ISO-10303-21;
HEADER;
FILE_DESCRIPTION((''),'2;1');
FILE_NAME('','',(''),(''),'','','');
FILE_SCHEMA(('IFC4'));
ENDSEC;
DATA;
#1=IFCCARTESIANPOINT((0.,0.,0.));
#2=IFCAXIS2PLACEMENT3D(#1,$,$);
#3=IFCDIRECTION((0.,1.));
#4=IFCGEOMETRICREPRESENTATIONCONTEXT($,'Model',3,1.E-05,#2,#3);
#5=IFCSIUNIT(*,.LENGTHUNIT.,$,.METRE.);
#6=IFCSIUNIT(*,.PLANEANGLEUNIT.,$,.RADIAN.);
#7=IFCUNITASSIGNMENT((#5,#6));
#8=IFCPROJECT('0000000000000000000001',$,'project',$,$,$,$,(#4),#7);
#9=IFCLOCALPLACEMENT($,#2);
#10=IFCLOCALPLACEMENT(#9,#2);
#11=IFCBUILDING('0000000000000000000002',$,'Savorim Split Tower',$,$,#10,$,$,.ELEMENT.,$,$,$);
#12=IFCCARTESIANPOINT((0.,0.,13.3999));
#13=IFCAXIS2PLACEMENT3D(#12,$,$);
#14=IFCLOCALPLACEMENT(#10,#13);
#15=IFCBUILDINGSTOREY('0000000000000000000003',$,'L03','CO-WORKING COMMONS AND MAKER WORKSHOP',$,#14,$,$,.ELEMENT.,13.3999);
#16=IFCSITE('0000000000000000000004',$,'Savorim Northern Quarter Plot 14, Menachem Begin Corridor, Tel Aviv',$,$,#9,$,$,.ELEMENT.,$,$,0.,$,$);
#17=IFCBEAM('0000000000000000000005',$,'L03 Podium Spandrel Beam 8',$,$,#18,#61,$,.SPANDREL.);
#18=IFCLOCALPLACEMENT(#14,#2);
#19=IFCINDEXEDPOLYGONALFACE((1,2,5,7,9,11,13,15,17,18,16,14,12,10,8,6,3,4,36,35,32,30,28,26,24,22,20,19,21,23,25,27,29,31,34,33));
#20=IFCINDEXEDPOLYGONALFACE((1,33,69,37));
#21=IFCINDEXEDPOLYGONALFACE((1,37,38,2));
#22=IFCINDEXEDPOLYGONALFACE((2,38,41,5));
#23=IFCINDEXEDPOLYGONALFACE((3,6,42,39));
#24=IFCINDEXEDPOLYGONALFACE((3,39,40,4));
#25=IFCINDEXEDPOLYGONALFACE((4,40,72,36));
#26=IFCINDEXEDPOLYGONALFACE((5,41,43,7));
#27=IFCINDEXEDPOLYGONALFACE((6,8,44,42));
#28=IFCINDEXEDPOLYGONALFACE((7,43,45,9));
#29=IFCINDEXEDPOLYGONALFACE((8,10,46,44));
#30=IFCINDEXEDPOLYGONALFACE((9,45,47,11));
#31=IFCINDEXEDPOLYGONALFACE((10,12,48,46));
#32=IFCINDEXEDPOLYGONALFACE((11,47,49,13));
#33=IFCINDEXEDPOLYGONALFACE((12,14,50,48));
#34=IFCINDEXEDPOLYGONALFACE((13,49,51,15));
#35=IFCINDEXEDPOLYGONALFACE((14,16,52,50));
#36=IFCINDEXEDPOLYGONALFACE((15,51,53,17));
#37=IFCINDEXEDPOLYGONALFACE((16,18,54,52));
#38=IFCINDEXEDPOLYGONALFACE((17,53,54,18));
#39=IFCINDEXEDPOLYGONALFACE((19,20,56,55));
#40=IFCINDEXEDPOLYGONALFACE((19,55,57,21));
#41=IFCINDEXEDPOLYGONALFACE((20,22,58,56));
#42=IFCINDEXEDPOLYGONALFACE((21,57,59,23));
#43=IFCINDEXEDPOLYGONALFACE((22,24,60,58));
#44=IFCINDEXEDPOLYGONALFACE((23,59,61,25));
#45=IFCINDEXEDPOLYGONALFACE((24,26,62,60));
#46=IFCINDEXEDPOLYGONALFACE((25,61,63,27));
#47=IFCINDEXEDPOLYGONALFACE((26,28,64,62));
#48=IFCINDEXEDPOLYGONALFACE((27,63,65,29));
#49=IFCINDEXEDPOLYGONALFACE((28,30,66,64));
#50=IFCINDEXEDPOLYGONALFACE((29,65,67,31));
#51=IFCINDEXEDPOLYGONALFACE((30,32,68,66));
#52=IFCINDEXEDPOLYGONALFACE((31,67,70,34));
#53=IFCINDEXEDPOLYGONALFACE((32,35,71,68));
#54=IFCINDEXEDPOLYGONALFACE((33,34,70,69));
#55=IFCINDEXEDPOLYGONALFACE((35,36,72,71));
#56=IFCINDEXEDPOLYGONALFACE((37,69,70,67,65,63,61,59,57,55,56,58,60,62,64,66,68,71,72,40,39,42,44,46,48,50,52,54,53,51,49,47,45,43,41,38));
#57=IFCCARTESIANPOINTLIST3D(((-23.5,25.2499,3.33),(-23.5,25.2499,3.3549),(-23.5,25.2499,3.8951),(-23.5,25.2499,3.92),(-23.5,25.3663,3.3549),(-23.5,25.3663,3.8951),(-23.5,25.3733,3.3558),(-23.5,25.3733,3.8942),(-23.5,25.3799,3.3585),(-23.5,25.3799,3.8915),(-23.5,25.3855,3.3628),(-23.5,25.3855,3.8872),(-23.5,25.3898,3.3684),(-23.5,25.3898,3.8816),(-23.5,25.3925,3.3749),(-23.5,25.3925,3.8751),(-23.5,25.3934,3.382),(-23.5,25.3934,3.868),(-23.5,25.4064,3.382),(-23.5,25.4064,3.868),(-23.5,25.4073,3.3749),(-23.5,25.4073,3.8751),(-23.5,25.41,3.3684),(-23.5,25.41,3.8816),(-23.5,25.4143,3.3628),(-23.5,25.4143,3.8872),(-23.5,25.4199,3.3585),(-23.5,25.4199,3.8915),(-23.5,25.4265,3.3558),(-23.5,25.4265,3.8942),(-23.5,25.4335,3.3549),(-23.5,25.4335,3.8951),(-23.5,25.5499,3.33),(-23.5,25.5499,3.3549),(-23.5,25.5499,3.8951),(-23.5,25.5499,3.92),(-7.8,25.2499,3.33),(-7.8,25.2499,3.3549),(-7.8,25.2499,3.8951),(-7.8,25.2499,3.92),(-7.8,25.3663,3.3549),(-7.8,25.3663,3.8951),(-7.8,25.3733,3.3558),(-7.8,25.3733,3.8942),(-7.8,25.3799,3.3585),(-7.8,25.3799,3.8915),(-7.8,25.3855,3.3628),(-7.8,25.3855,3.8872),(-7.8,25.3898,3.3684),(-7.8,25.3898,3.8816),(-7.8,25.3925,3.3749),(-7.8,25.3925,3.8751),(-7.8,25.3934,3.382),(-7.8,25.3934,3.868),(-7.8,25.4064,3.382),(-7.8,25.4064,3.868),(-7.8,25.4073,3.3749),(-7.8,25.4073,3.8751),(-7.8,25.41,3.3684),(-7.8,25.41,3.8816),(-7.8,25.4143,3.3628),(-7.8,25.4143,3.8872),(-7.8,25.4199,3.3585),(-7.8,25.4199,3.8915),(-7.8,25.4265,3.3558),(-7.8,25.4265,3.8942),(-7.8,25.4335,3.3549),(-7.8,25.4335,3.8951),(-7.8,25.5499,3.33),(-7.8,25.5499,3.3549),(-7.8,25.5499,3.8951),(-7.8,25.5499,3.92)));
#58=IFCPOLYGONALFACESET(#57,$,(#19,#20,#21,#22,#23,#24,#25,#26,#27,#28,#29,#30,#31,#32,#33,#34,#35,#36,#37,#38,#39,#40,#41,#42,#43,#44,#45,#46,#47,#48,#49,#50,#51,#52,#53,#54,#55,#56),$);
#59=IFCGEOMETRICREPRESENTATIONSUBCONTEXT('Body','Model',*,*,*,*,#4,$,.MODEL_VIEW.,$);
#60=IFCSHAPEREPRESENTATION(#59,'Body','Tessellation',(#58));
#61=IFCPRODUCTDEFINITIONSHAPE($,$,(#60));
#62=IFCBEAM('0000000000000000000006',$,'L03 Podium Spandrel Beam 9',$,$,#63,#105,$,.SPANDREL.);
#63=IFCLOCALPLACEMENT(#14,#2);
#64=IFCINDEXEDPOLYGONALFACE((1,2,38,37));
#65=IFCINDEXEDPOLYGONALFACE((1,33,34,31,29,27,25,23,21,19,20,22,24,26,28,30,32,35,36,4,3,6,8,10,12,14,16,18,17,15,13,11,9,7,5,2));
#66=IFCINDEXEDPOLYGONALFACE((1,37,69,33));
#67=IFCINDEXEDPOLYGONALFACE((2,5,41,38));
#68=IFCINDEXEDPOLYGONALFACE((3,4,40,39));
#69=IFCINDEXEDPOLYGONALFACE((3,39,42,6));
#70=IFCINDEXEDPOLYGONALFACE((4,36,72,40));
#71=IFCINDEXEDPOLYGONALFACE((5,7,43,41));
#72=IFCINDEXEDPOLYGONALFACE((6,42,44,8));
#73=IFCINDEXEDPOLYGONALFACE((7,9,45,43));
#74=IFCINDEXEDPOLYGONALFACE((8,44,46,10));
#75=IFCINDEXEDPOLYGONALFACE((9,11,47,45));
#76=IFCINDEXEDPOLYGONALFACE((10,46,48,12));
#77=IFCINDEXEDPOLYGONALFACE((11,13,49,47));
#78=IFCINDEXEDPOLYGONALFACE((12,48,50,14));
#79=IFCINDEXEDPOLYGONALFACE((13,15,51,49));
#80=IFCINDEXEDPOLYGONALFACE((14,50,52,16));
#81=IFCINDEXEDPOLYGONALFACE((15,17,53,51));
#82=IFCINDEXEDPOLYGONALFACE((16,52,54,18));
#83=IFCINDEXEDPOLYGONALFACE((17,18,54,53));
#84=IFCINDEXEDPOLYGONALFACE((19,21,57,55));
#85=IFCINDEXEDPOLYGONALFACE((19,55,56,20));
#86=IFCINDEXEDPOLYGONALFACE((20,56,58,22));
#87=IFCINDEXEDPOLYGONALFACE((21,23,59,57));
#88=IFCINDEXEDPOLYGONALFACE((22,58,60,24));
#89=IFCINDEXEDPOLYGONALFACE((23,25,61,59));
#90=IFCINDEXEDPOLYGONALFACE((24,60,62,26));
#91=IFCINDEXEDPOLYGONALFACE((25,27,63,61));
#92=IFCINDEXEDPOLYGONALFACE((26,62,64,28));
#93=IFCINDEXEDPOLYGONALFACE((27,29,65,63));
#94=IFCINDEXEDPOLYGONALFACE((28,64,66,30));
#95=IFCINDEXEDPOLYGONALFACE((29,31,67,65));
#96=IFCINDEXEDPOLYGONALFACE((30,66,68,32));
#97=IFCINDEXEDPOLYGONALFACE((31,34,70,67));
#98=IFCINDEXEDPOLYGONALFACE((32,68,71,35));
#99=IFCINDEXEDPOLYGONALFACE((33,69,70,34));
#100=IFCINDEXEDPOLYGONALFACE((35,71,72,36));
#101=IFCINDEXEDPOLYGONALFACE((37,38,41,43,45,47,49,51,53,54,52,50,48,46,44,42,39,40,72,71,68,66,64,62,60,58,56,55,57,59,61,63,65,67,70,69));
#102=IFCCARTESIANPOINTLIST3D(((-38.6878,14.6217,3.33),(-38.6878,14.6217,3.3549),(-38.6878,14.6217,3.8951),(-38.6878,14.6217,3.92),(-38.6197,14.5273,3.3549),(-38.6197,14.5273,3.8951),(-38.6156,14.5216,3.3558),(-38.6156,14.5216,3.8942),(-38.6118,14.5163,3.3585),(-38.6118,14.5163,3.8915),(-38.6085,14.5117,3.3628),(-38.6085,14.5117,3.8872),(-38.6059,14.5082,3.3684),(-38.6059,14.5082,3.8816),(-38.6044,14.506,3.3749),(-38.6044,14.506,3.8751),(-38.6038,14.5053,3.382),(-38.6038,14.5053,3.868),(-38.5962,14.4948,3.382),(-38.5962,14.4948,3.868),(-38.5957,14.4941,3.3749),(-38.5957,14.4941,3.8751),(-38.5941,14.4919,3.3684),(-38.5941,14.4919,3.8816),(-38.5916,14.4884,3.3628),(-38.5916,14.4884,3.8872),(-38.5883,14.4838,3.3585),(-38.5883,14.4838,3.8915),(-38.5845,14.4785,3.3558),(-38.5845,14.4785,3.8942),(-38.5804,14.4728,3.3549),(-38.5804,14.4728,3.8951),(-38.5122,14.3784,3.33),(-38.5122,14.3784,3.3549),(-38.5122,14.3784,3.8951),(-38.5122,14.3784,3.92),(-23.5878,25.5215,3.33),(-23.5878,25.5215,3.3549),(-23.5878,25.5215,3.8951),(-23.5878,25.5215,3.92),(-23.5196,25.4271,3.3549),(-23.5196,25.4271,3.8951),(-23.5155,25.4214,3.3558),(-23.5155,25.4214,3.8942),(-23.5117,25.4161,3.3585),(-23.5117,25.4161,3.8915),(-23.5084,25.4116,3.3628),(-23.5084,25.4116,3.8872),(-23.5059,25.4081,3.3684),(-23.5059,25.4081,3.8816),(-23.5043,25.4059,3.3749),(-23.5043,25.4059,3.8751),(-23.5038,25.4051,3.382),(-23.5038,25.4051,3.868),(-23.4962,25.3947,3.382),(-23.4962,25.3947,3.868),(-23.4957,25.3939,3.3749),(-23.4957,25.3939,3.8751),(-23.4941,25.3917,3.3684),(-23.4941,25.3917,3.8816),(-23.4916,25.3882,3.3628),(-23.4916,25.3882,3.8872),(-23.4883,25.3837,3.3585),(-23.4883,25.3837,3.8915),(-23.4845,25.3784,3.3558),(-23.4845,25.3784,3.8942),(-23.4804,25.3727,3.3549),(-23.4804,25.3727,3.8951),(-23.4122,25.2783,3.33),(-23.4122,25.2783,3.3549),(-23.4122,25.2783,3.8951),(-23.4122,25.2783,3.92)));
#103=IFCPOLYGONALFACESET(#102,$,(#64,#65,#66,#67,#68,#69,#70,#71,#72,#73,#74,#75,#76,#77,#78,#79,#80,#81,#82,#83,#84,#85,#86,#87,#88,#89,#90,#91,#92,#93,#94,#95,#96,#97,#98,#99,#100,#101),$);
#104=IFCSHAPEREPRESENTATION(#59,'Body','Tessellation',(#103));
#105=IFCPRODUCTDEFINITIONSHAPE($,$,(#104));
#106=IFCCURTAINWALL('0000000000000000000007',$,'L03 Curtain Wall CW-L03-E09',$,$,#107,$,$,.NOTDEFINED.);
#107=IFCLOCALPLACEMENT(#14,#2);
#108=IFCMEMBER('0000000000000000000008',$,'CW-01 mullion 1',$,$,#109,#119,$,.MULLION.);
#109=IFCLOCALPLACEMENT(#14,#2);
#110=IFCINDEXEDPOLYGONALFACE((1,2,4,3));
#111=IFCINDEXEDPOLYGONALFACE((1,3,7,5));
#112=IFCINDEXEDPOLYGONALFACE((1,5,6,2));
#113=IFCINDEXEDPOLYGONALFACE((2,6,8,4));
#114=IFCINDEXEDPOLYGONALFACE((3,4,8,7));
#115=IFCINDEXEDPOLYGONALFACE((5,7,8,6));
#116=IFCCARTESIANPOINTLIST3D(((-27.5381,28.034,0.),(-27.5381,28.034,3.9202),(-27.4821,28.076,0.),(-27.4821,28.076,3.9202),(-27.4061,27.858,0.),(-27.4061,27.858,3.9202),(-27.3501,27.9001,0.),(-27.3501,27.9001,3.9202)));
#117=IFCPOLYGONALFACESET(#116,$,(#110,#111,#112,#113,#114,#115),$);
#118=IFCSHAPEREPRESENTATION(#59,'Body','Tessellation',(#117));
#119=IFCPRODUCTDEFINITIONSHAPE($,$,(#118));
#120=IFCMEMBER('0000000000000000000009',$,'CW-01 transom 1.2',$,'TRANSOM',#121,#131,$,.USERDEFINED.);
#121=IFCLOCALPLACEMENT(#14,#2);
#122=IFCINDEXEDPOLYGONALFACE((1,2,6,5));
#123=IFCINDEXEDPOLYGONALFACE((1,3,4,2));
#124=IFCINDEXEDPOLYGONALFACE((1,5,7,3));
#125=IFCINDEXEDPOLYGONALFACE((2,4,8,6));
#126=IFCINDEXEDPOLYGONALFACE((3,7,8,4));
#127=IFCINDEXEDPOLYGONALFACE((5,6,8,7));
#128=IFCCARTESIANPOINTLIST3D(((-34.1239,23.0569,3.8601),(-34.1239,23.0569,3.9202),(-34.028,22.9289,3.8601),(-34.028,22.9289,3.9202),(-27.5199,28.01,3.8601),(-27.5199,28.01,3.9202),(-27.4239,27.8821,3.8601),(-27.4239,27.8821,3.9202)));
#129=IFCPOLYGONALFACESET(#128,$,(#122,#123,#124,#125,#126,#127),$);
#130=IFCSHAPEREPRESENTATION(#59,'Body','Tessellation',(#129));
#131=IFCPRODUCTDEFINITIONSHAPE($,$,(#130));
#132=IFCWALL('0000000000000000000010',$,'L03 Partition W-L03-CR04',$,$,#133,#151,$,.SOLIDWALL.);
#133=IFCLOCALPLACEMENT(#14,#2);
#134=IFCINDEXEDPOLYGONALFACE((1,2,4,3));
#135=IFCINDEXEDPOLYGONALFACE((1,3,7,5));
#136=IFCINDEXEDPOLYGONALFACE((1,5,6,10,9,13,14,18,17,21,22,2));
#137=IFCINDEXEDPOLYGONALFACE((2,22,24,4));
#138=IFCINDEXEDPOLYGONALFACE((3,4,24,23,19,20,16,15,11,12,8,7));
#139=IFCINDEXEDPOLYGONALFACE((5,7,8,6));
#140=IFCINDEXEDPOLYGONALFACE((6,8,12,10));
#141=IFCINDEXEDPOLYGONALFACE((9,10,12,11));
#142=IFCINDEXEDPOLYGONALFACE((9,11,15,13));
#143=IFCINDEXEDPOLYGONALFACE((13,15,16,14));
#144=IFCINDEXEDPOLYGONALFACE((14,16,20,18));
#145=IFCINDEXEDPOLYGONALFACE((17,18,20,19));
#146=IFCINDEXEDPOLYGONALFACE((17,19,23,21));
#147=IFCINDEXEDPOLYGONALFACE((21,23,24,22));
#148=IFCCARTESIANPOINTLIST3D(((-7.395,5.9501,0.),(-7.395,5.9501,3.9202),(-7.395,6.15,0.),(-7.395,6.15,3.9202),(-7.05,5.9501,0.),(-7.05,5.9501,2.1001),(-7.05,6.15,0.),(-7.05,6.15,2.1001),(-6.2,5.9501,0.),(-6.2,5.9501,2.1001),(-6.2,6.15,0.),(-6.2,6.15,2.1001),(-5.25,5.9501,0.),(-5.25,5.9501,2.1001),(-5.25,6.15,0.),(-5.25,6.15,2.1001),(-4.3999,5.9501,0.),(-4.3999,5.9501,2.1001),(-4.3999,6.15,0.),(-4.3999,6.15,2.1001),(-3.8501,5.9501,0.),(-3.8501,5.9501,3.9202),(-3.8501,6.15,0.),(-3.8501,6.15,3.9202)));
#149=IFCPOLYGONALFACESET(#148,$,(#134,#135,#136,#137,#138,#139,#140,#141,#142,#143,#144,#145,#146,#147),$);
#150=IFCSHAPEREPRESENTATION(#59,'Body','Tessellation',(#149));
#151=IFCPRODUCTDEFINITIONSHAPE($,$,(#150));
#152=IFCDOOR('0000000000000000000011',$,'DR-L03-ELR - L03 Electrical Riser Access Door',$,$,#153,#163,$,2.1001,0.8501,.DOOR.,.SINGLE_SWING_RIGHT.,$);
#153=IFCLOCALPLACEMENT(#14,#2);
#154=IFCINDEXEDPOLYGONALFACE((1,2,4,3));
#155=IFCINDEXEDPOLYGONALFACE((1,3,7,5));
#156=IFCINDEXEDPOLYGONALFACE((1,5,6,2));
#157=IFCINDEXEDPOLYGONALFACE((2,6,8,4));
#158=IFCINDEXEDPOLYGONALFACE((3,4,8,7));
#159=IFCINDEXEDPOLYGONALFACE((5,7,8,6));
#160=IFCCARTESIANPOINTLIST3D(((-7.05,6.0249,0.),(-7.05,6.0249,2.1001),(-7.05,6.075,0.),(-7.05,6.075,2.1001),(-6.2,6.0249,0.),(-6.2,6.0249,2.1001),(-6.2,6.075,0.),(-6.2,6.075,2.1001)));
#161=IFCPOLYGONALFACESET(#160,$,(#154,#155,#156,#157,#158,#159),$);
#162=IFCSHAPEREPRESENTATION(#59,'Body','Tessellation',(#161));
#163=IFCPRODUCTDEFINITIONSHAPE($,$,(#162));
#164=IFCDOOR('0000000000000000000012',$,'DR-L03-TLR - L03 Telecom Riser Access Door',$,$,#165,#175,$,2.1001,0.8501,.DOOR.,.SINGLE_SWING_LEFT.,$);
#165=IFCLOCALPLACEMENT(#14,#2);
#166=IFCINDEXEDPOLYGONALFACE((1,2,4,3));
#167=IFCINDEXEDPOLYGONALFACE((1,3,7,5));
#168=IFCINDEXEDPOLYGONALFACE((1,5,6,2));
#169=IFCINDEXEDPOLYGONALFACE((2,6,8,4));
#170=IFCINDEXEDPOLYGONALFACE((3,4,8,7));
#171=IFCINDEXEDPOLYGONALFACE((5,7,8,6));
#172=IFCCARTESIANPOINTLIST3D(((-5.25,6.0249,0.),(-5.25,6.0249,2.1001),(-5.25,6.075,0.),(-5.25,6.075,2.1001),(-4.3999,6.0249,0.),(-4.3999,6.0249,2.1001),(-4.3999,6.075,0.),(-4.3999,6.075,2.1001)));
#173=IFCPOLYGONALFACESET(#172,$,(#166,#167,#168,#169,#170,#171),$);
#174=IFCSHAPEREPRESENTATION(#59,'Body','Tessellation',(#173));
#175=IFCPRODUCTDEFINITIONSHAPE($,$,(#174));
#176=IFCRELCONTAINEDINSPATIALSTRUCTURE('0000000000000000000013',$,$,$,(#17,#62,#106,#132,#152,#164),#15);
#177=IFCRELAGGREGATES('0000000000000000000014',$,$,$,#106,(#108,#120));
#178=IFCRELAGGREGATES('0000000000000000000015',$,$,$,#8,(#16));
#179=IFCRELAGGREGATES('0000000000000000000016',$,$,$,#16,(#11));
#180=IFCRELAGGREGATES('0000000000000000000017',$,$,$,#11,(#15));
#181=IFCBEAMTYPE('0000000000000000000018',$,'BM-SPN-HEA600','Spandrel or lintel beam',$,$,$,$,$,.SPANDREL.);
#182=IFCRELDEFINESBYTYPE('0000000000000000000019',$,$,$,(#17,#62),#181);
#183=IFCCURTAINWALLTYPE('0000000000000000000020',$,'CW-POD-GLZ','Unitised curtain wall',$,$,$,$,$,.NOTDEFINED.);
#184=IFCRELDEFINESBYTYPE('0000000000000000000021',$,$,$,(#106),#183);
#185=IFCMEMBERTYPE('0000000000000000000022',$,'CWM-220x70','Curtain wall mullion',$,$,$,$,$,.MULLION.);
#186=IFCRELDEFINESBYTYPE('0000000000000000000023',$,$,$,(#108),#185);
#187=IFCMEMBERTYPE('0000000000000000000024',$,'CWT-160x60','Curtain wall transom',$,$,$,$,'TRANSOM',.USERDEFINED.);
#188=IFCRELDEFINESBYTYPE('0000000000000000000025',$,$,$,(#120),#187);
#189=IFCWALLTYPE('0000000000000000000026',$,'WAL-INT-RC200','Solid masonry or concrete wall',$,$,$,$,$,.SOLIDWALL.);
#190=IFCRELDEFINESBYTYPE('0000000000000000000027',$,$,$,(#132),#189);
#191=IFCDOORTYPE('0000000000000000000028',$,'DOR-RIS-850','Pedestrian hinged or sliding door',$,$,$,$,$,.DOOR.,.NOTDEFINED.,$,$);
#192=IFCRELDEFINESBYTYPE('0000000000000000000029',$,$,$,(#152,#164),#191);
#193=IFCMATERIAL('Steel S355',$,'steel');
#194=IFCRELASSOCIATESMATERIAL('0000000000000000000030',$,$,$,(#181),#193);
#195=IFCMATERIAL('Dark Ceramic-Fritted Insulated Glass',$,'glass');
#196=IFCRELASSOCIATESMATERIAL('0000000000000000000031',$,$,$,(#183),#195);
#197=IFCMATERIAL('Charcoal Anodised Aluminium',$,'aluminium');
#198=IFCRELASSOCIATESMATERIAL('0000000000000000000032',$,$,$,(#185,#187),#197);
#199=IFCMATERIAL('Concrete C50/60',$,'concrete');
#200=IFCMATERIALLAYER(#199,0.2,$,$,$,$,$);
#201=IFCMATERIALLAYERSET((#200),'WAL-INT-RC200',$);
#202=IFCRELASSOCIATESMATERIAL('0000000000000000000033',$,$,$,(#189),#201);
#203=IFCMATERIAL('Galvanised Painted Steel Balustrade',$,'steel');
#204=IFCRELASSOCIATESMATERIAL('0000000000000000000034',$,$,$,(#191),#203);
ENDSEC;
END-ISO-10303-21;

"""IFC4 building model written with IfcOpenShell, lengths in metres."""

from ifc_helpers import new_model, si_unit, direction, frame, frame_2d, origin, origin_2d, place, context, subcontext, project, spatial, rectangle, i_section, extrude, material, layer, layer_set, material_profile, profile_set, type_object, element, fill, aggregate, save


model = new_model("IFC4")

# Units and contexts
model_context = context("Model", 3, precision=1e-05, world=origin(), true_north=direction((0.0, 1.0)))
body_context = subcontext(model_context, "Body", "Model", "MODEL_VIEW")
ifc_project = project(units=[si_unit("LENGTHUNIT", "METRE"), si_unit("PLANEANGLEUNIT", "RADIAN")], contexts=[model_context])

# Site, building, storey
site_placement = place(None, origin())
site = spatial("IfcSite", under=ifc_project, at=site_placement, Name="Savorim Northern Quarter Plot 14, Menachem Begin Corridor, Tel Aviv", CompositionType="ELEMENT", RefElevation=0.0)
building_placement = place(site_placement, origin())
building = spatial("IfcBuilding", under=site, at=building_placement, Name="Savorim Split Tower", CompositionType="ELEMENT")
storey_placement = place(building_placement, frame((0.0, 0.0, 13.3999)))
storey = spatial("IfcBuildingStorey", under=building, at=storey_placement, Name="L03", Description="CO-WORKING COMMONS AND MAKER WORKSHOP", CompositionType="ELEMENT", Elevation=13.3999)

# Beams
ifc_material_1 = material(Name="Steel S355", Category="steel")
ifc_material_profile_1 = material_profile(ifc_material_1, i_section(OverallWidth=0.3, OverallDepth=0.5901, WebThickness=0.0129, FlangeThickness=0.0249, FilletRadius=0.0271, at=origin_2d()), Name="HEA 600")
ifc_profile_set_1 = profile_set([ifc_material_profile_1], Name="Steel S355")
beam_type_1 = type_object("IfcBeamType", Name="BM-SPN-HEA600", Description="Spandrel or lintel beam", PredefinedType="SPANDREL", material=ifc_profile_set_1)
beam_1_placement = place(storey_placement, frame((-7.8, 25.3999, 3.625), z_axis=(-1.0, 0.0, 0.0), x_axis=(0.0, -1.0, 0.0)))
element("IfcBeam", 1, at=beam_1_placement, inside=storey, type_object=beam_type_1, Name="L03 Podium Spandrel Beam 8", PredefinedType="SPANDREL", context=body_context, shape_type="SweptSolid", body=[
    extrude(i_section(OverallWidth=0.3, OverallDepth=0.5901, WebThickness=0.0129, FlangeThickness=0.0249, FilletRadius=0.0271, at=origin_2d()), origin(), (0.0, 0.0, 1.0), 15.7),
])
beam_2_placement = place(storey_placement, frame((-23.5, 25.3999, 3.625), z_axis=(-0.810825, -0.585289, 0.0), x_axis=(0.585289, -0.810825, 0.0)))
element("IfcBeam", 2, at=beam_2_placement, inside=storey, type_object=beam_type_1, Name="L03 Podium Spandrel Beam 9", PredefinedType="SPANDREL", context=body_context, shape_type="SweptSolid", body=[
    extrude(i_section(OverallWidth=0.3, OverallDepth=0.5901, WebThickness=0.0129, FlangeThickness=0.0249, FilletRadius=0.0271, at=origin_2d()), origin(), (0.0, 0.0, 1.0), 18.623),
])

# Curtain wall, members
ifc_material_2 = material(Name="Dark Ceramic-Fritted Insulated Glass", Category="glass")
curtain_wall_type = type_object("IfcCurtainWallType", Name="CW-POD-GLZ", Description="Unitised curtain wall", PredefinedType="NOTDEFINED", material=ifc_material_2)
curtain_wall_placement = place(storey_placement, origin())
curtain_wall = element("IfcCurtainWall", 3, at=curtain_wall_placement, inside=storey, type_object=curtain_wall_type, Name="L03 Curtain Wall CW-L03-E09", PredefinedType="NOTDEFINED")
ifc_material_3 = material(Name="Charcoal Anodised Aluminium", Category="aluminium")
ifc_material_profile_2 = material_profile(ifc_material_3, rectangle(XDim=0.22, YDim=0.0701, at=origin_2d()), Name="ALU-M 220x70")
ifc_profile_set_2 = profile_set([ifc_material_profile_2], Name="Charcoal Anodised Aluminium")
member_type_1 = type_object("IfcMemberType", Name="CWM-220x70", Description="Curtain wall mullion", PredefinedType="MULLION", material=ifc_profile_set_2)
member_1_placement = place(storey_placement, frame((-27.4441, 27.967, 0.0), z_axis=(0.0, 0.0, 1.0), x_axis=(0.6, -0.8, 0.0)))
member_1 = element("IfcMember", 4, at=member_1_placement, type_object=member_type_1, Name="CW-01 mullion 1", PredefinedType="MULLION", context=body_context, shape_type="SweptSolid", body=[
    extrude(rectangle(XDim=0.22, YDim=0.0701, at=origin_2d()), origin(), (0.0, 0.0, 1.0), 3.9202),
])
ifc_material_profile_3 = material_profile(ifc_material_3, rectangle(XDim=0.1599, YDim=0.0601, at=origin_2d()), Name="ALU-T 160x60")
ifc_profile_set_3 = profile_set([ifc_material_profile_3], Name="Charcoal Anodised Aluminium")
member_type_2 = type_object("IfcMemberType", Name="CWT-160x60", Description="Curtain wall transom", ElementType="TRANSOM", PredefinedType="USERDEFINED", material=ifc_profile_set_3)
member_2_placement = place(storey_placement, frame((-27.4719, 27.946, 3.8901), z_axis=(-0.799993, -0.600009, 0.0), x_axis=(0.600009, -0.799993, 0.0)))
member_2 = element("IfcMember", 5, at=member_2_placement, type_object=member_type_2, Name="CW-01 transom 1.2", ObjectType="TRANSOM", PredefinedType="USERDEFINED", context=body_context, shape_type="SweptSolid", body=[
    extrude(rectangle(XDim=0.1599, YDim=0.0601, at=origin_2d()), origin(), (0.0, 0.0, 1.0), 8.2551),
])
aggregate(curtain_wall, [member_1, member_2])

# Wall, openings, doors
ifc_material_4 = material(Name="Concrete C50/60", Category="concrete")
ifc_layer_1 = layer(ifc_material_4, 0.2)
ifc_layer_set_1 = layer_set([ifc_layer_1], Name="WAL-INT-RC200")
wall_type_1 = type_object("IfcWallType", Name="WAL-INT-RC200", Description="Solid masonry or concrete wall", PredefinedType="SOLIDWALL", material=ifc_layer_set_1)
wall_1_placement = place(storey_placement, frame((-7.395, 6.05, 0.0), z_axis=(0.0, 0.0, 1.0), x_axis=(1.0, 0.0, 0.0)))
wall_1 = element("IfcWall", 6, at=wall_1_placement, inside=storey, type_object=wall_type_1, Name="L03 Partition W-L03-CR04", PredefinedType="SOLIDWALL", context=body_context, shape_type="SweptSolid", body=[
    extrude(rectangle(XDim=3.5449, YDim=0.2, at=frame_2d((1.7725, 0.0))), origin(), (0.0, 0.0, 1.0), 3.9202),
])
opening_1_placement = place(wall_1_placement, frame((0.345, 0.0, 0.0)))
opening_1 = element("IfcOpeningElement", 7, at=opening_1_placement, cuts=wall_1, PredefinedType="OPENING", context=body_context, shape_type="SweptSolid", body=[
    extrude(rectangle(XDim=0.8501, YDim=2.1001, at=frame_2d((0.425, 1.05))), frame((0.0, 0.1099, 0.0), z_axis=(0.0, -1.0, 0.0), x_axis=(1.0, 0.0, 0.0)), (0.0, 0.0, 1.0), 0.22),
])
opening_2_placement = place(wall_1_placement, frame((2.145, 0.0, 0.0)))
opening_2 = element("IfcOpeningElement", 8, at=opening_2_placement, cuts=wall_1, PredefinedType="OPENING", context=body_context, shape_type="SweptSolid", body=[
    extrude(rectangle(XDim=0.8501, YDim=2.1001, at=frame_2d((0.425, 1.05))), frame((0.0, 0.1099, 0.0), z_axis=(0.0, -1.0, 0.0), x_axis=(1.0, 0.0, 0.0)), (0.0, 0.0, 1.0), 0.22),
])
ifc_material_5 = material(Name="Galvanised Painted Steel Balustrade", Category="steel")
door_type_1 = type_object("IfcDoorType", Name="DOR-RIS-850", Description="Pedestrian hinged or sliding door", OperationType="NOTDEFINED", PredefinedType="DOOR", material=ifc_material_5)
door_1_placement = place(opening_1_placement, origin())
door_1 = element("IfcDoor", 9, at=door_1_placement, inside=storey, type_object=door_type_1, Name="DR-L03-ELR - L03 Electrical Riser Access Door", OperationType="SINGLE_SWING_RIGHT", OverallHeight=2.1001, OverallWidth=0.8501, PredefinedType="DOOR", context=body_context, shape_type="SweptSolid", body=[
    extrude(rectangle(XDim=0.8501, YDim=2.1001, at=frame_2d((0.425, 1.05))), frame((0.0, 0.0249, 0.0), z_axis=(0.0, -1.0, 0.0), x_axis=(1.0, 0.0, 0.0)), (0.0, 0.0, 1.0), 0.05),
])
fill(opening_1, door_1)
door_2_placement = place(opening_2_placement, origin())
door_2 = element("IfcDoor", 10, at=door_2_placement, inside=storey, type_object=door_type_1, Name="DR-L03-TLR - L03 Telecom Riser Access Door", OperationType="SINGLE_SWING_LEFT", OverallHeight=2.1001, OverallWidth=0.8501, PredefinedType="DOOR", context=body_context, shape_type="SweptSolid", body=[
    extrude(rectangle(XDim=0.8501, YDim=2.1001, at=frame_2d((0.425, 1.05))), frame((0.0, 0.0249, 0.0), z_axis=(0.0, -1.0, 0.0), x_axis=(1.0, 0.0, 0.0)), (0.0, 0.0, 1.0), 0.05),
])
fill(opening_2, door_2)

save(model, "model.ifc")
